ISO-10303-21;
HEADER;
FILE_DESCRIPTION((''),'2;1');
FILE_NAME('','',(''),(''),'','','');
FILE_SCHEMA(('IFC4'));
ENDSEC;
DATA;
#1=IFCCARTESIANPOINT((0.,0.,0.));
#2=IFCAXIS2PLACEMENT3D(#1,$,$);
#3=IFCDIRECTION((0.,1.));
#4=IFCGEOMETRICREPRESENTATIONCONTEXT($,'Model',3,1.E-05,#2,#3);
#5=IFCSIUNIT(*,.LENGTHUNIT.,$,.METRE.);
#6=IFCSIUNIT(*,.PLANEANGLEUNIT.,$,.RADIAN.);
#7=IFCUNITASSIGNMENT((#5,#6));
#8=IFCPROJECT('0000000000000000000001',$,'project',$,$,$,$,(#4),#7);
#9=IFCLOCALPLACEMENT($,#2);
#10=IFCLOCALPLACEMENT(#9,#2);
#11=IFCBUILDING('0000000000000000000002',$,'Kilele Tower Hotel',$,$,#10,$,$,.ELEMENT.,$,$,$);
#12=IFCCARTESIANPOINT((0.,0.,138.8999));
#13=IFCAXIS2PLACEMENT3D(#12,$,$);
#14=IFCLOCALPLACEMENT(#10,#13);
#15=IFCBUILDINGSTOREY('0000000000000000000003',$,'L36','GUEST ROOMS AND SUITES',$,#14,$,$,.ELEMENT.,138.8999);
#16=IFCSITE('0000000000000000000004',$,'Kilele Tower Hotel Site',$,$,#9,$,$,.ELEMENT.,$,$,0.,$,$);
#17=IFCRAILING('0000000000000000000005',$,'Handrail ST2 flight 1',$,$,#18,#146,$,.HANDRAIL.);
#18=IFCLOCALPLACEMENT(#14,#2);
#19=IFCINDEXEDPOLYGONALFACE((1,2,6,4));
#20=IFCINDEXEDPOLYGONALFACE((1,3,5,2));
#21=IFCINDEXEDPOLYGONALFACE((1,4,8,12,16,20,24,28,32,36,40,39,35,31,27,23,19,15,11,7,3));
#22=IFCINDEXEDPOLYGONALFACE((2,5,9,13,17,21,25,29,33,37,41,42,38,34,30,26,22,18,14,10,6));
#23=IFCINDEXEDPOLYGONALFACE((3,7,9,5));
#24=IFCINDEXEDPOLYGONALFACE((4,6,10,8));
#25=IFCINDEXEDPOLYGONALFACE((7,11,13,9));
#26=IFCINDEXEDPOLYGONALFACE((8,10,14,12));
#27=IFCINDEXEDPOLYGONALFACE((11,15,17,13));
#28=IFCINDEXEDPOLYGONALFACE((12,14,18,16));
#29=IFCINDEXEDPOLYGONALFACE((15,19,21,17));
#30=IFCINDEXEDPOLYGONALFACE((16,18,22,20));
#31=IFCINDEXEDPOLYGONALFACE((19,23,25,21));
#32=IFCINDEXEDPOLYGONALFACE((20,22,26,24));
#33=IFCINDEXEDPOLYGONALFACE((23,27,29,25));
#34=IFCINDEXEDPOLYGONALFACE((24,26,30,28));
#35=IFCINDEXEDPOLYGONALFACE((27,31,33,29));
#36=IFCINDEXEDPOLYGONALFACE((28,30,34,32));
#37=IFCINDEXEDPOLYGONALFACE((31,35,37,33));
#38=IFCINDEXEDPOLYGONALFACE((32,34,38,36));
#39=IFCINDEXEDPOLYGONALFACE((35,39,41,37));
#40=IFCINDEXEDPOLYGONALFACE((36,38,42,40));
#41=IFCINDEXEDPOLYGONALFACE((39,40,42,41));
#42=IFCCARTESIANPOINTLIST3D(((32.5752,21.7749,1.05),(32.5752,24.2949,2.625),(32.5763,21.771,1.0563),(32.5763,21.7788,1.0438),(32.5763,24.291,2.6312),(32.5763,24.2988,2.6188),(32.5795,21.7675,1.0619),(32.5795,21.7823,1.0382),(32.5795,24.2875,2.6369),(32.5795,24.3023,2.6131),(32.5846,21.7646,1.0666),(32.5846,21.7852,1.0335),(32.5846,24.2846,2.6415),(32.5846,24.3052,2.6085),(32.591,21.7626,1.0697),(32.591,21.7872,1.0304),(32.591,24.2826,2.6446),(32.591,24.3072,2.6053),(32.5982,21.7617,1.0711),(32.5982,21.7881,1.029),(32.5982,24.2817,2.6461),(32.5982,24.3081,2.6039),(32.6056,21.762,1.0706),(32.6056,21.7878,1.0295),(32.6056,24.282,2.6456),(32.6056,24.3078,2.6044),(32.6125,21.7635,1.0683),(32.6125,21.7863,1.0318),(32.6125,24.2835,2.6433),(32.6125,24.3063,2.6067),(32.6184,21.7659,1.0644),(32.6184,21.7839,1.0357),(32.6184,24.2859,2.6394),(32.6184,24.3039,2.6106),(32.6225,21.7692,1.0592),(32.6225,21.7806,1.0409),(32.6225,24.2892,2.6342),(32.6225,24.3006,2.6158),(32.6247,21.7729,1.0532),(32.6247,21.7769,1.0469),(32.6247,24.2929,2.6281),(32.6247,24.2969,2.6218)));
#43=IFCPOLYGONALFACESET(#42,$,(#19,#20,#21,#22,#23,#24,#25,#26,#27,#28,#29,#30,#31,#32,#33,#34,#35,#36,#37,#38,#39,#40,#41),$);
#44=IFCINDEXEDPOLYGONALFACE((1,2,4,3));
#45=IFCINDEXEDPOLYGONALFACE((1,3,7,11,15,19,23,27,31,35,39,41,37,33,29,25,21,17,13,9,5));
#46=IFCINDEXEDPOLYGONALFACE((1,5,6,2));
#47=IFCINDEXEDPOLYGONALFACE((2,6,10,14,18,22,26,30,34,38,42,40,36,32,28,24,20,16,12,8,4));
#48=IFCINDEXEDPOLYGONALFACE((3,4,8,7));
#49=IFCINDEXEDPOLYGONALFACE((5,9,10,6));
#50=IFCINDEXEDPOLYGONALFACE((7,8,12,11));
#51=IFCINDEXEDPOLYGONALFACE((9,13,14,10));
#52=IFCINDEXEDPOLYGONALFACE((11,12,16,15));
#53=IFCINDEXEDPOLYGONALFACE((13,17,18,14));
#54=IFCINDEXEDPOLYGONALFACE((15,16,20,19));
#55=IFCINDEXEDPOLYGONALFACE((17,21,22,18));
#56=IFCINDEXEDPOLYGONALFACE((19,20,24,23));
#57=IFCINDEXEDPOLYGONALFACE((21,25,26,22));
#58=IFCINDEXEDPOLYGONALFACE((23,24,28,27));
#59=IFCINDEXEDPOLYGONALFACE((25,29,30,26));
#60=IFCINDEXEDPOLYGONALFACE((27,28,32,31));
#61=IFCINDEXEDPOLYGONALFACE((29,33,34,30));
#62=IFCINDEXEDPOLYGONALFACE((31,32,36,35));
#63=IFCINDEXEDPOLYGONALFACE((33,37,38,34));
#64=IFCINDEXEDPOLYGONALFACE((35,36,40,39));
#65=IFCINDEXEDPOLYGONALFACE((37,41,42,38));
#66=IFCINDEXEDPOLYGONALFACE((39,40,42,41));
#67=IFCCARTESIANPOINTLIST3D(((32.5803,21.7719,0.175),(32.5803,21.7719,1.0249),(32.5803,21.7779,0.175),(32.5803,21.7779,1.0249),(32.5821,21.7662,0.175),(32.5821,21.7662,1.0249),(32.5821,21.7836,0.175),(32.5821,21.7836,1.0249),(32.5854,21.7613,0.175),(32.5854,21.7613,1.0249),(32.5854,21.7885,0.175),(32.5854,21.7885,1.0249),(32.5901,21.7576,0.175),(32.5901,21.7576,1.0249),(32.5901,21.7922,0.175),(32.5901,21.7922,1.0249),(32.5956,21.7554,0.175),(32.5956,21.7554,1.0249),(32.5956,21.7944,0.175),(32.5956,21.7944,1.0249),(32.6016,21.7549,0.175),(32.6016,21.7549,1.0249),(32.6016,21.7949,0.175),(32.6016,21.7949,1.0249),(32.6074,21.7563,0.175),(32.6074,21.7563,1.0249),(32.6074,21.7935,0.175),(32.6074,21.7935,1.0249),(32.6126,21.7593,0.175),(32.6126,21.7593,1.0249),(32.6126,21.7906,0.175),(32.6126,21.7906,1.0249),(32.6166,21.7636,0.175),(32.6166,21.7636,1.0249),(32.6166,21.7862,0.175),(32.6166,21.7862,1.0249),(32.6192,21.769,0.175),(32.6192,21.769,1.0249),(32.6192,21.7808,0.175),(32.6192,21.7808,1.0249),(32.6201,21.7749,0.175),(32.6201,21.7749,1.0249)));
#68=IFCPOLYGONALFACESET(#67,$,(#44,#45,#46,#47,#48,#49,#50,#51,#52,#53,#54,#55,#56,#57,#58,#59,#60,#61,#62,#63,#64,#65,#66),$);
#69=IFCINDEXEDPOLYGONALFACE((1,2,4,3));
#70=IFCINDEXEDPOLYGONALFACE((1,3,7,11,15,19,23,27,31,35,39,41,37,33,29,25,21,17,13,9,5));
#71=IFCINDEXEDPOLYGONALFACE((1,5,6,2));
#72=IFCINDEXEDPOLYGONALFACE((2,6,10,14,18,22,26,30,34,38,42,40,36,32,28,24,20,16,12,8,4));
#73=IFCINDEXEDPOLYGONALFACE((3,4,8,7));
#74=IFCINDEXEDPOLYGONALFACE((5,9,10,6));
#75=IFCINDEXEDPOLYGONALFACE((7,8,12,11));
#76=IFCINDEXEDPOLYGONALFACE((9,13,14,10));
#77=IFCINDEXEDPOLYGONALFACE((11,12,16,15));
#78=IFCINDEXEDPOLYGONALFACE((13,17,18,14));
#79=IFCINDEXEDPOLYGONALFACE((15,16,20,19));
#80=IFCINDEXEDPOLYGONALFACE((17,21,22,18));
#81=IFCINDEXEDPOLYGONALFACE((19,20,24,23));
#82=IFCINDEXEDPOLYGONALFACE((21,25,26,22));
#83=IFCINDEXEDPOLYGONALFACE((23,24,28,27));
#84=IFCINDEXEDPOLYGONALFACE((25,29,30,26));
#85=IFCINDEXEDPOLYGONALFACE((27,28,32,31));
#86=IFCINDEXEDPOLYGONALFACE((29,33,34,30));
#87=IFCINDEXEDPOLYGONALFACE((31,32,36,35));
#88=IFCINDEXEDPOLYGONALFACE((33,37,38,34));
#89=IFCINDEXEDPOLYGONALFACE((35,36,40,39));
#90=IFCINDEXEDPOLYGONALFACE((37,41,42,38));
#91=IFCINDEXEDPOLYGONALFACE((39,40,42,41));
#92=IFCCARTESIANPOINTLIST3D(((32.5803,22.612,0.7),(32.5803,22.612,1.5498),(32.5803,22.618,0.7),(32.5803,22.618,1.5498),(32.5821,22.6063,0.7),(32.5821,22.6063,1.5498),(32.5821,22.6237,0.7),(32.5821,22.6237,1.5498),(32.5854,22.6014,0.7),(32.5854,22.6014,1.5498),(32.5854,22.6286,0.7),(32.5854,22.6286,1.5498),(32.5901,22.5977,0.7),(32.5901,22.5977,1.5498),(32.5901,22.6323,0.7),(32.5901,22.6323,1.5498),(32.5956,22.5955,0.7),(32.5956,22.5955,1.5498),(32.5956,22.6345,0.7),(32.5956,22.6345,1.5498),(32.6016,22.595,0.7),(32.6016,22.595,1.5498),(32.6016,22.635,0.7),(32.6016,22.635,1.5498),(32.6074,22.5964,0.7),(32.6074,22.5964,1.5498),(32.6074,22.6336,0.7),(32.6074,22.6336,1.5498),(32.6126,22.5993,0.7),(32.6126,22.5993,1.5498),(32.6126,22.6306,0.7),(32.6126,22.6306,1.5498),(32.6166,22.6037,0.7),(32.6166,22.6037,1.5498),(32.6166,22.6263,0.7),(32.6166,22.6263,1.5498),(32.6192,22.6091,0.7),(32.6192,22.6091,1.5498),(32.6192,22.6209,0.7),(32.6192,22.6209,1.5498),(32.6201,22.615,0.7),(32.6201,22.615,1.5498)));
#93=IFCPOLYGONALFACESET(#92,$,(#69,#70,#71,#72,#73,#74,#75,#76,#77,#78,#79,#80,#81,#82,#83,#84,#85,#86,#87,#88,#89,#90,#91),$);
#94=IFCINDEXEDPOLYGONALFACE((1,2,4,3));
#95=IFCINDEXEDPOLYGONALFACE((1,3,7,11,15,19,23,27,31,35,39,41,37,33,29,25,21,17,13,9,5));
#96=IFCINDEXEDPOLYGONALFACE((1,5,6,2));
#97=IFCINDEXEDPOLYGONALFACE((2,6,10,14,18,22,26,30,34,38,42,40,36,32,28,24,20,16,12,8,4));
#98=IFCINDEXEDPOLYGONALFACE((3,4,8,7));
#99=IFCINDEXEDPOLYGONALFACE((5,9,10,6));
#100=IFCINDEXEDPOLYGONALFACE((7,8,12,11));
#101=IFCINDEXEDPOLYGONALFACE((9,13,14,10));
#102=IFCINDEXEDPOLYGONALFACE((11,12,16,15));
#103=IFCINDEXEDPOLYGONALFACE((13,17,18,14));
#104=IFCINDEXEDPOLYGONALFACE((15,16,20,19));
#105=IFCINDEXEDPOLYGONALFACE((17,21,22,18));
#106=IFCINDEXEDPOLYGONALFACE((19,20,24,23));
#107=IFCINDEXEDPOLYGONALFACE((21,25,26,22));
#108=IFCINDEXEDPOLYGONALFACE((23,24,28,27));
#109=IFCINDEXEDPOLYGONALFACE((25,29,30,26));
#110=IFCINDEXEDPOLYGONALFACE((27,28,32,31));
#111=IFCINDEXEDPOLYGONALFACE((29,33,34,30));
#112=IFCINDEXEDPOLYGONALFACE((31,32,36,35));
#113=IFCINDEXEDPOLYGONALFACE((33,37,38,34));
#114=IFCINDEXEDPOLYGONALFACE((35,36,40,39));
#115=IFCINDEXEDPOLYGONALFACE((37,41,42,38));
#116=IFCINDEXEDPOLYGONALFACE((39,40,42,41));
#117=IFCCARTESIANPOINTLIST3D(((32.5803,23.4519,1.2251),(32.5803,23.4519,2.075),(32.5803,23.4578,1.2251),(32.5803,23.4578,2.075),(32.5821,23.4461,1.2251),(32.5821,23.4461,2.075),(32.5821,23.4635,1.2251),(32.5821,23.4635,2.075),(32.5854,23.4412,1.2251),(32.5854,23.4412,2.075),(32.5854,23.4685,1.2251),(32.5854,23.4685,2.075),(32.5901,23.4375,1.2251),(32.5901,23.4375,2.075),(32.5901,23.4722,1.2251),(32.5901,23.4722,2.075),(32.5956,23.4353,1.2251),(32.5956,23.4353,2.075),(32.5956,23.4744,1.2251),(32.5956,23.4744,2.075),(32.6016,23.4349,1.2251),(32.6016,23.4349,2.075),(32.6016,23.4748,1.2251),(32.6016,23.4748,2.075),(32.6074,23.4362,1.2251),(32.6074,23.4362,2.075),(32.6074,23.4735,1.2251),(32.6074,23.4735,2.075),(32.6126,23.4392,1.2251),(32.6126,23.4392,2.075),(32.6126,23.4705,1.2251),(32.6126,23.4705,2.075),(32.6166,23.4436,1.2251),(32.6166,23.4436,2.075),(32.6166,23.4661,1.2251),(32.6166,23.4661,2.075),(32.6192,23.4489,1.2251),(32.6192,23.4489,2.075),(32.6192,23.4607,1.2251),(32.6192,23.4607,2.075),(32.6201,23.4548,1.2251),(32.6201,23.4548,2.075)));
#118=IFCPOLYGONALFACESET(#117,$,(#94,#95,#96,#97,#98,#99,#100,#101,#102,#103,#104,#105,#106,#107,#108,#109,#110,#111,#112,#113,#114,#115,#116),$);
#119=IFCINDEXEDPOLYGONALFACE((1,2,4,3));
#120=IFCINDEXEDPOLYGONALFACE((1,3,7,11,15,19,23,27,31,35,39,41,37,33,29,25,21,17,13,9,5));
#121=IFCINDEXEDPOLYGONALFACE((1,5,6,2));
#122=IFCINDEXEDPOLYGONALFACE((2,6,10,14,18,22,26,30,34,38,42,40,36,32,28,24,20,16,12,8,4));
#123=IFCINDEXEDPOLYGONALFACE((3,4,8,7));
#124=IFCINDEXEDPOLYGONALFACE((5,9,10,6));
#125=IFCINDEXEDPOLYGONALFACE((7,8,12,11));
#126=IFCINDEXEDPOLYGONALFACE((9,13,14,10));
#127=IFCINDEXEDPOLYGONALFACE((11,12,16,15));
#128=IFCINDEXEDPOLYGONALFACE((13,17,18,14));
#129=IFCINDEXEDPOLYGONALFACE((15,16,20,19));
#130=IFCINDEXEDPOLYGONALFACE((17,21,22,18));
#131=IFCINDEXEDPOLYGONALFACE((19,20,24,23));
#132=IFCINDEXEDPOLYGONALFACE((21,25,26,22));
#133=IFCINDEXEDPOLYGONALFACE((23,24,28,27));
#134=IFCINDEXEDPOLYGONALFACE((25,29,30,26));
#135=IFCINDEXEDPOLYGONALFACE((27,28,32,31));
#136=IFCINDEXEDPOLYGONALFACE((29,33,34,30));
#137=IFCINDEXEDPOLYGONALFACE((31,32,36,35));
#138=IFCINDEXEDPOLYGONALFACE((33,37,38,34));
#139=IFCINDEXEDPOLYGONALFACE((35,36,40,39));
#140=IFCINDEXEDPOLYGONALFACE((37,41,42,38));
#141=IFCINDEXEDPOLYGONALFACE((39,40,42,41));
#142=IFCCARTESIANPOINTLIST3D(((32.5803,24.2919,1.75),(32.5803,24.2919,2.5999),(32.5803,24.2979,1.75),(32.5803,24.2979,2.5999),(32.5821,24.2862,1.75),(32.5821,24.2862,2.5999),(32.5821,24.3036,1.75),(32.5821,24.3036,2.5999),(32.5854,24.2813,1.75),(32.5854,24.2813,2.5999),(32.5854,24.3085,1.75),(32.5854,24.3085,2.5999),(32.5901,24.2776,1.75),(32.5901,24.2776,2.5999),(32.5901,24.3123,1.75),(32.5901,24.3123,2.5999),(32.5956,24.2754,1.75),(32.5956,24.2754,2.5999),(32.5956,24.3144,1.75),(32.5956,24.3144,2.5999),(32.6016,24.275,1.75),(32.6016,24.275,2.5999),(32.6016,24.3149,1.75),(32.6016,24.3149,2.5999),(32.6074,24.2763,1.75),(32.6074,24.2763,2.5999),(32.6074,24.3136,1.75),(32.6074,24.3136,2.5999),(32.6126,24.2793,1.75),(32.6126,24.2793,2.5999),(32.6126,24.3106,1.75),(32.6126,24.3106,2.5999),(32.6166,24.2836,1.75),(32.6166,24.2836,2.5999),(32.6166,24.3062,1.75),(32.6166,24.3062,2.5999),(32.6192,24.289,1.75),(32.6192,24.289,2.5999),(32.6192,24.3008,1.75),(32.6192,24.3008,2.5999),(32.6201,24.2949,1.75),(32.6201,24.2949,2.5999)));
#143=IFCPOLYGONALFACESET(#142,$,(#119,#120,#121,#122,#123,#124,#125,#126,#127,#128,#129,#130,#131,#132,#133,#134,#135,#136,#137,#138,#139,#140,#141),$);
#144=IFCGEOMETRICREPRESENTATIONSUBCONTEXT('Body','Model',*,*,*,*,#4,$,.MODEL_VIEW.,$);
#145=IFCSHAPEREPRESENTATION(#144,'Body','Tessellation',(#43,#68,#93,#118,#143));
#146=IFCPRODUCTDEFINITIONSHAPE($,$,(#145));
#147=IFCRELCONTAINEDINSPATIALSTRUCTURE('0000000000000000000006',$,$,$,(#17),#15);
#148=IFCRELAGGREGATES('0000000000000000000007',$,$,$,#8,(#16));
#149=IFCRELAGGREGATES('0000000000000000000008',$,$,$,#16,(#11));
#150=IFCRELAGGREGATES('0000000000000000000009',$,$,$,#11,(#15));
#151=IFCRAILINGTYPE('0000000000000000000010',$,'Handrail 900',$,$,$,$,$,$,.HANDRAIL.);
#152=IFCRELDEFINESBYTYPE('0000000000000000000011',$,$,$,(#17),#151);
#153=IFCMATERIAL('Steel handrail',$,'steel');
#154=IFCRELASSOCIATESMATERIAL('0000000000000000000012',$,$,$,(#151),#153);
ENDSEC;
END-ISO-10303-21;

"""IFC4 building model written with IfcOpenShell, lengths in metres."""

from ifc_helpers import new_model, si_unit, direction, frame, origin, origin_2d, place, context, subcontext, project, spatial, circle, extrude, material, type_object, element, save


model = new_model("IFC4")

# Units and contexts
model_context = context("Model", 3, precision=1e-05, world=origin(), true_north=direction((0.0, 1.0)))
body_context = subcontext(model_context, "Body", "Model", "MODEL_VIEW")
ifc_project = project(units=[si_unit("LENGTHUNIT", "METRE"), si_unit("PLANEANGLEUNIT", "RADIAN")], contexts=[model_context])

# Site, building, storey
site_placement = place(None, origin())
site = spatial("IfcSite", under=ifc_project, at=site_placement, Name="Kilele Tower Hotel Site", CompositionType="ELEMENT", RefElevation=0.0)
building_placement = place(site_placement, origin())
building = spatial("IfcBuilding", under=site, at=building_placement, Name="Kilele Tower Hotel", CompositionType="ELEMENT")
storey_placement = place(building_placement, frame((0.0, 0.0, 138.8999)))
storey = spatial("IfcBuildingStorey", under=building, at=storey_placement, Name="L36", Description="GUEST ROOMS AND SUITES", CompositionType="ELEMENT", Elevation=138.8999)

# Railing
ifc_material_1 = material(Name="Steel handrail", Category="steel")
railing_type_1 = type_object("IfcRailingType", Name="Handrail 900", PredefinedType="HANDRAIL", material=ifc_material_1)
for number, where, name in (
    (1, (32.6001, 21.7749, 0.175), "Handrail ST2 flight 1"),
):
    element("IfcRailing", number, at=place(storey_placement, frame(where)), inside=storey, type_object=railing_type_1, Name=name, PredefinedType="HANDRAIL", context=body_context, shape_type="SweptSolid", body=[
        extrude(circle(Radius=0.0249, at=origin_2d()), frame((0.0, 0.0, 0.875), z_axis=(0.0, 0.848008, 0.529984), x_axis=(-1.0, 0.0, 0.0)), (0.0, 0.0, 1.0), 2.9717),
        extrude(circle(Radius=0.02, at=origin_2d()), origin(), (0.0, 0.0, 1.0), 0.8499),
        extrude(circle(Radius=0.02, at=origin_2d()), frame((0.0, 0.8401, 0.5249)), (0.0, 0.0, 1.0), 0.8499),
        extrude(circle(Radius=0.02, at=origin_2d()), frame((0.0, 1.6799, 1.05)), (0.0, 0.0, 1.0), 0.8499),
        extrude(circle(Radius=0.02, at=origin_2d()), frame((0.0, 2.52, 1.575)), (0.0, 0.0, 1.0), 0.8499),
    ])

save(model, "model.ifc")
